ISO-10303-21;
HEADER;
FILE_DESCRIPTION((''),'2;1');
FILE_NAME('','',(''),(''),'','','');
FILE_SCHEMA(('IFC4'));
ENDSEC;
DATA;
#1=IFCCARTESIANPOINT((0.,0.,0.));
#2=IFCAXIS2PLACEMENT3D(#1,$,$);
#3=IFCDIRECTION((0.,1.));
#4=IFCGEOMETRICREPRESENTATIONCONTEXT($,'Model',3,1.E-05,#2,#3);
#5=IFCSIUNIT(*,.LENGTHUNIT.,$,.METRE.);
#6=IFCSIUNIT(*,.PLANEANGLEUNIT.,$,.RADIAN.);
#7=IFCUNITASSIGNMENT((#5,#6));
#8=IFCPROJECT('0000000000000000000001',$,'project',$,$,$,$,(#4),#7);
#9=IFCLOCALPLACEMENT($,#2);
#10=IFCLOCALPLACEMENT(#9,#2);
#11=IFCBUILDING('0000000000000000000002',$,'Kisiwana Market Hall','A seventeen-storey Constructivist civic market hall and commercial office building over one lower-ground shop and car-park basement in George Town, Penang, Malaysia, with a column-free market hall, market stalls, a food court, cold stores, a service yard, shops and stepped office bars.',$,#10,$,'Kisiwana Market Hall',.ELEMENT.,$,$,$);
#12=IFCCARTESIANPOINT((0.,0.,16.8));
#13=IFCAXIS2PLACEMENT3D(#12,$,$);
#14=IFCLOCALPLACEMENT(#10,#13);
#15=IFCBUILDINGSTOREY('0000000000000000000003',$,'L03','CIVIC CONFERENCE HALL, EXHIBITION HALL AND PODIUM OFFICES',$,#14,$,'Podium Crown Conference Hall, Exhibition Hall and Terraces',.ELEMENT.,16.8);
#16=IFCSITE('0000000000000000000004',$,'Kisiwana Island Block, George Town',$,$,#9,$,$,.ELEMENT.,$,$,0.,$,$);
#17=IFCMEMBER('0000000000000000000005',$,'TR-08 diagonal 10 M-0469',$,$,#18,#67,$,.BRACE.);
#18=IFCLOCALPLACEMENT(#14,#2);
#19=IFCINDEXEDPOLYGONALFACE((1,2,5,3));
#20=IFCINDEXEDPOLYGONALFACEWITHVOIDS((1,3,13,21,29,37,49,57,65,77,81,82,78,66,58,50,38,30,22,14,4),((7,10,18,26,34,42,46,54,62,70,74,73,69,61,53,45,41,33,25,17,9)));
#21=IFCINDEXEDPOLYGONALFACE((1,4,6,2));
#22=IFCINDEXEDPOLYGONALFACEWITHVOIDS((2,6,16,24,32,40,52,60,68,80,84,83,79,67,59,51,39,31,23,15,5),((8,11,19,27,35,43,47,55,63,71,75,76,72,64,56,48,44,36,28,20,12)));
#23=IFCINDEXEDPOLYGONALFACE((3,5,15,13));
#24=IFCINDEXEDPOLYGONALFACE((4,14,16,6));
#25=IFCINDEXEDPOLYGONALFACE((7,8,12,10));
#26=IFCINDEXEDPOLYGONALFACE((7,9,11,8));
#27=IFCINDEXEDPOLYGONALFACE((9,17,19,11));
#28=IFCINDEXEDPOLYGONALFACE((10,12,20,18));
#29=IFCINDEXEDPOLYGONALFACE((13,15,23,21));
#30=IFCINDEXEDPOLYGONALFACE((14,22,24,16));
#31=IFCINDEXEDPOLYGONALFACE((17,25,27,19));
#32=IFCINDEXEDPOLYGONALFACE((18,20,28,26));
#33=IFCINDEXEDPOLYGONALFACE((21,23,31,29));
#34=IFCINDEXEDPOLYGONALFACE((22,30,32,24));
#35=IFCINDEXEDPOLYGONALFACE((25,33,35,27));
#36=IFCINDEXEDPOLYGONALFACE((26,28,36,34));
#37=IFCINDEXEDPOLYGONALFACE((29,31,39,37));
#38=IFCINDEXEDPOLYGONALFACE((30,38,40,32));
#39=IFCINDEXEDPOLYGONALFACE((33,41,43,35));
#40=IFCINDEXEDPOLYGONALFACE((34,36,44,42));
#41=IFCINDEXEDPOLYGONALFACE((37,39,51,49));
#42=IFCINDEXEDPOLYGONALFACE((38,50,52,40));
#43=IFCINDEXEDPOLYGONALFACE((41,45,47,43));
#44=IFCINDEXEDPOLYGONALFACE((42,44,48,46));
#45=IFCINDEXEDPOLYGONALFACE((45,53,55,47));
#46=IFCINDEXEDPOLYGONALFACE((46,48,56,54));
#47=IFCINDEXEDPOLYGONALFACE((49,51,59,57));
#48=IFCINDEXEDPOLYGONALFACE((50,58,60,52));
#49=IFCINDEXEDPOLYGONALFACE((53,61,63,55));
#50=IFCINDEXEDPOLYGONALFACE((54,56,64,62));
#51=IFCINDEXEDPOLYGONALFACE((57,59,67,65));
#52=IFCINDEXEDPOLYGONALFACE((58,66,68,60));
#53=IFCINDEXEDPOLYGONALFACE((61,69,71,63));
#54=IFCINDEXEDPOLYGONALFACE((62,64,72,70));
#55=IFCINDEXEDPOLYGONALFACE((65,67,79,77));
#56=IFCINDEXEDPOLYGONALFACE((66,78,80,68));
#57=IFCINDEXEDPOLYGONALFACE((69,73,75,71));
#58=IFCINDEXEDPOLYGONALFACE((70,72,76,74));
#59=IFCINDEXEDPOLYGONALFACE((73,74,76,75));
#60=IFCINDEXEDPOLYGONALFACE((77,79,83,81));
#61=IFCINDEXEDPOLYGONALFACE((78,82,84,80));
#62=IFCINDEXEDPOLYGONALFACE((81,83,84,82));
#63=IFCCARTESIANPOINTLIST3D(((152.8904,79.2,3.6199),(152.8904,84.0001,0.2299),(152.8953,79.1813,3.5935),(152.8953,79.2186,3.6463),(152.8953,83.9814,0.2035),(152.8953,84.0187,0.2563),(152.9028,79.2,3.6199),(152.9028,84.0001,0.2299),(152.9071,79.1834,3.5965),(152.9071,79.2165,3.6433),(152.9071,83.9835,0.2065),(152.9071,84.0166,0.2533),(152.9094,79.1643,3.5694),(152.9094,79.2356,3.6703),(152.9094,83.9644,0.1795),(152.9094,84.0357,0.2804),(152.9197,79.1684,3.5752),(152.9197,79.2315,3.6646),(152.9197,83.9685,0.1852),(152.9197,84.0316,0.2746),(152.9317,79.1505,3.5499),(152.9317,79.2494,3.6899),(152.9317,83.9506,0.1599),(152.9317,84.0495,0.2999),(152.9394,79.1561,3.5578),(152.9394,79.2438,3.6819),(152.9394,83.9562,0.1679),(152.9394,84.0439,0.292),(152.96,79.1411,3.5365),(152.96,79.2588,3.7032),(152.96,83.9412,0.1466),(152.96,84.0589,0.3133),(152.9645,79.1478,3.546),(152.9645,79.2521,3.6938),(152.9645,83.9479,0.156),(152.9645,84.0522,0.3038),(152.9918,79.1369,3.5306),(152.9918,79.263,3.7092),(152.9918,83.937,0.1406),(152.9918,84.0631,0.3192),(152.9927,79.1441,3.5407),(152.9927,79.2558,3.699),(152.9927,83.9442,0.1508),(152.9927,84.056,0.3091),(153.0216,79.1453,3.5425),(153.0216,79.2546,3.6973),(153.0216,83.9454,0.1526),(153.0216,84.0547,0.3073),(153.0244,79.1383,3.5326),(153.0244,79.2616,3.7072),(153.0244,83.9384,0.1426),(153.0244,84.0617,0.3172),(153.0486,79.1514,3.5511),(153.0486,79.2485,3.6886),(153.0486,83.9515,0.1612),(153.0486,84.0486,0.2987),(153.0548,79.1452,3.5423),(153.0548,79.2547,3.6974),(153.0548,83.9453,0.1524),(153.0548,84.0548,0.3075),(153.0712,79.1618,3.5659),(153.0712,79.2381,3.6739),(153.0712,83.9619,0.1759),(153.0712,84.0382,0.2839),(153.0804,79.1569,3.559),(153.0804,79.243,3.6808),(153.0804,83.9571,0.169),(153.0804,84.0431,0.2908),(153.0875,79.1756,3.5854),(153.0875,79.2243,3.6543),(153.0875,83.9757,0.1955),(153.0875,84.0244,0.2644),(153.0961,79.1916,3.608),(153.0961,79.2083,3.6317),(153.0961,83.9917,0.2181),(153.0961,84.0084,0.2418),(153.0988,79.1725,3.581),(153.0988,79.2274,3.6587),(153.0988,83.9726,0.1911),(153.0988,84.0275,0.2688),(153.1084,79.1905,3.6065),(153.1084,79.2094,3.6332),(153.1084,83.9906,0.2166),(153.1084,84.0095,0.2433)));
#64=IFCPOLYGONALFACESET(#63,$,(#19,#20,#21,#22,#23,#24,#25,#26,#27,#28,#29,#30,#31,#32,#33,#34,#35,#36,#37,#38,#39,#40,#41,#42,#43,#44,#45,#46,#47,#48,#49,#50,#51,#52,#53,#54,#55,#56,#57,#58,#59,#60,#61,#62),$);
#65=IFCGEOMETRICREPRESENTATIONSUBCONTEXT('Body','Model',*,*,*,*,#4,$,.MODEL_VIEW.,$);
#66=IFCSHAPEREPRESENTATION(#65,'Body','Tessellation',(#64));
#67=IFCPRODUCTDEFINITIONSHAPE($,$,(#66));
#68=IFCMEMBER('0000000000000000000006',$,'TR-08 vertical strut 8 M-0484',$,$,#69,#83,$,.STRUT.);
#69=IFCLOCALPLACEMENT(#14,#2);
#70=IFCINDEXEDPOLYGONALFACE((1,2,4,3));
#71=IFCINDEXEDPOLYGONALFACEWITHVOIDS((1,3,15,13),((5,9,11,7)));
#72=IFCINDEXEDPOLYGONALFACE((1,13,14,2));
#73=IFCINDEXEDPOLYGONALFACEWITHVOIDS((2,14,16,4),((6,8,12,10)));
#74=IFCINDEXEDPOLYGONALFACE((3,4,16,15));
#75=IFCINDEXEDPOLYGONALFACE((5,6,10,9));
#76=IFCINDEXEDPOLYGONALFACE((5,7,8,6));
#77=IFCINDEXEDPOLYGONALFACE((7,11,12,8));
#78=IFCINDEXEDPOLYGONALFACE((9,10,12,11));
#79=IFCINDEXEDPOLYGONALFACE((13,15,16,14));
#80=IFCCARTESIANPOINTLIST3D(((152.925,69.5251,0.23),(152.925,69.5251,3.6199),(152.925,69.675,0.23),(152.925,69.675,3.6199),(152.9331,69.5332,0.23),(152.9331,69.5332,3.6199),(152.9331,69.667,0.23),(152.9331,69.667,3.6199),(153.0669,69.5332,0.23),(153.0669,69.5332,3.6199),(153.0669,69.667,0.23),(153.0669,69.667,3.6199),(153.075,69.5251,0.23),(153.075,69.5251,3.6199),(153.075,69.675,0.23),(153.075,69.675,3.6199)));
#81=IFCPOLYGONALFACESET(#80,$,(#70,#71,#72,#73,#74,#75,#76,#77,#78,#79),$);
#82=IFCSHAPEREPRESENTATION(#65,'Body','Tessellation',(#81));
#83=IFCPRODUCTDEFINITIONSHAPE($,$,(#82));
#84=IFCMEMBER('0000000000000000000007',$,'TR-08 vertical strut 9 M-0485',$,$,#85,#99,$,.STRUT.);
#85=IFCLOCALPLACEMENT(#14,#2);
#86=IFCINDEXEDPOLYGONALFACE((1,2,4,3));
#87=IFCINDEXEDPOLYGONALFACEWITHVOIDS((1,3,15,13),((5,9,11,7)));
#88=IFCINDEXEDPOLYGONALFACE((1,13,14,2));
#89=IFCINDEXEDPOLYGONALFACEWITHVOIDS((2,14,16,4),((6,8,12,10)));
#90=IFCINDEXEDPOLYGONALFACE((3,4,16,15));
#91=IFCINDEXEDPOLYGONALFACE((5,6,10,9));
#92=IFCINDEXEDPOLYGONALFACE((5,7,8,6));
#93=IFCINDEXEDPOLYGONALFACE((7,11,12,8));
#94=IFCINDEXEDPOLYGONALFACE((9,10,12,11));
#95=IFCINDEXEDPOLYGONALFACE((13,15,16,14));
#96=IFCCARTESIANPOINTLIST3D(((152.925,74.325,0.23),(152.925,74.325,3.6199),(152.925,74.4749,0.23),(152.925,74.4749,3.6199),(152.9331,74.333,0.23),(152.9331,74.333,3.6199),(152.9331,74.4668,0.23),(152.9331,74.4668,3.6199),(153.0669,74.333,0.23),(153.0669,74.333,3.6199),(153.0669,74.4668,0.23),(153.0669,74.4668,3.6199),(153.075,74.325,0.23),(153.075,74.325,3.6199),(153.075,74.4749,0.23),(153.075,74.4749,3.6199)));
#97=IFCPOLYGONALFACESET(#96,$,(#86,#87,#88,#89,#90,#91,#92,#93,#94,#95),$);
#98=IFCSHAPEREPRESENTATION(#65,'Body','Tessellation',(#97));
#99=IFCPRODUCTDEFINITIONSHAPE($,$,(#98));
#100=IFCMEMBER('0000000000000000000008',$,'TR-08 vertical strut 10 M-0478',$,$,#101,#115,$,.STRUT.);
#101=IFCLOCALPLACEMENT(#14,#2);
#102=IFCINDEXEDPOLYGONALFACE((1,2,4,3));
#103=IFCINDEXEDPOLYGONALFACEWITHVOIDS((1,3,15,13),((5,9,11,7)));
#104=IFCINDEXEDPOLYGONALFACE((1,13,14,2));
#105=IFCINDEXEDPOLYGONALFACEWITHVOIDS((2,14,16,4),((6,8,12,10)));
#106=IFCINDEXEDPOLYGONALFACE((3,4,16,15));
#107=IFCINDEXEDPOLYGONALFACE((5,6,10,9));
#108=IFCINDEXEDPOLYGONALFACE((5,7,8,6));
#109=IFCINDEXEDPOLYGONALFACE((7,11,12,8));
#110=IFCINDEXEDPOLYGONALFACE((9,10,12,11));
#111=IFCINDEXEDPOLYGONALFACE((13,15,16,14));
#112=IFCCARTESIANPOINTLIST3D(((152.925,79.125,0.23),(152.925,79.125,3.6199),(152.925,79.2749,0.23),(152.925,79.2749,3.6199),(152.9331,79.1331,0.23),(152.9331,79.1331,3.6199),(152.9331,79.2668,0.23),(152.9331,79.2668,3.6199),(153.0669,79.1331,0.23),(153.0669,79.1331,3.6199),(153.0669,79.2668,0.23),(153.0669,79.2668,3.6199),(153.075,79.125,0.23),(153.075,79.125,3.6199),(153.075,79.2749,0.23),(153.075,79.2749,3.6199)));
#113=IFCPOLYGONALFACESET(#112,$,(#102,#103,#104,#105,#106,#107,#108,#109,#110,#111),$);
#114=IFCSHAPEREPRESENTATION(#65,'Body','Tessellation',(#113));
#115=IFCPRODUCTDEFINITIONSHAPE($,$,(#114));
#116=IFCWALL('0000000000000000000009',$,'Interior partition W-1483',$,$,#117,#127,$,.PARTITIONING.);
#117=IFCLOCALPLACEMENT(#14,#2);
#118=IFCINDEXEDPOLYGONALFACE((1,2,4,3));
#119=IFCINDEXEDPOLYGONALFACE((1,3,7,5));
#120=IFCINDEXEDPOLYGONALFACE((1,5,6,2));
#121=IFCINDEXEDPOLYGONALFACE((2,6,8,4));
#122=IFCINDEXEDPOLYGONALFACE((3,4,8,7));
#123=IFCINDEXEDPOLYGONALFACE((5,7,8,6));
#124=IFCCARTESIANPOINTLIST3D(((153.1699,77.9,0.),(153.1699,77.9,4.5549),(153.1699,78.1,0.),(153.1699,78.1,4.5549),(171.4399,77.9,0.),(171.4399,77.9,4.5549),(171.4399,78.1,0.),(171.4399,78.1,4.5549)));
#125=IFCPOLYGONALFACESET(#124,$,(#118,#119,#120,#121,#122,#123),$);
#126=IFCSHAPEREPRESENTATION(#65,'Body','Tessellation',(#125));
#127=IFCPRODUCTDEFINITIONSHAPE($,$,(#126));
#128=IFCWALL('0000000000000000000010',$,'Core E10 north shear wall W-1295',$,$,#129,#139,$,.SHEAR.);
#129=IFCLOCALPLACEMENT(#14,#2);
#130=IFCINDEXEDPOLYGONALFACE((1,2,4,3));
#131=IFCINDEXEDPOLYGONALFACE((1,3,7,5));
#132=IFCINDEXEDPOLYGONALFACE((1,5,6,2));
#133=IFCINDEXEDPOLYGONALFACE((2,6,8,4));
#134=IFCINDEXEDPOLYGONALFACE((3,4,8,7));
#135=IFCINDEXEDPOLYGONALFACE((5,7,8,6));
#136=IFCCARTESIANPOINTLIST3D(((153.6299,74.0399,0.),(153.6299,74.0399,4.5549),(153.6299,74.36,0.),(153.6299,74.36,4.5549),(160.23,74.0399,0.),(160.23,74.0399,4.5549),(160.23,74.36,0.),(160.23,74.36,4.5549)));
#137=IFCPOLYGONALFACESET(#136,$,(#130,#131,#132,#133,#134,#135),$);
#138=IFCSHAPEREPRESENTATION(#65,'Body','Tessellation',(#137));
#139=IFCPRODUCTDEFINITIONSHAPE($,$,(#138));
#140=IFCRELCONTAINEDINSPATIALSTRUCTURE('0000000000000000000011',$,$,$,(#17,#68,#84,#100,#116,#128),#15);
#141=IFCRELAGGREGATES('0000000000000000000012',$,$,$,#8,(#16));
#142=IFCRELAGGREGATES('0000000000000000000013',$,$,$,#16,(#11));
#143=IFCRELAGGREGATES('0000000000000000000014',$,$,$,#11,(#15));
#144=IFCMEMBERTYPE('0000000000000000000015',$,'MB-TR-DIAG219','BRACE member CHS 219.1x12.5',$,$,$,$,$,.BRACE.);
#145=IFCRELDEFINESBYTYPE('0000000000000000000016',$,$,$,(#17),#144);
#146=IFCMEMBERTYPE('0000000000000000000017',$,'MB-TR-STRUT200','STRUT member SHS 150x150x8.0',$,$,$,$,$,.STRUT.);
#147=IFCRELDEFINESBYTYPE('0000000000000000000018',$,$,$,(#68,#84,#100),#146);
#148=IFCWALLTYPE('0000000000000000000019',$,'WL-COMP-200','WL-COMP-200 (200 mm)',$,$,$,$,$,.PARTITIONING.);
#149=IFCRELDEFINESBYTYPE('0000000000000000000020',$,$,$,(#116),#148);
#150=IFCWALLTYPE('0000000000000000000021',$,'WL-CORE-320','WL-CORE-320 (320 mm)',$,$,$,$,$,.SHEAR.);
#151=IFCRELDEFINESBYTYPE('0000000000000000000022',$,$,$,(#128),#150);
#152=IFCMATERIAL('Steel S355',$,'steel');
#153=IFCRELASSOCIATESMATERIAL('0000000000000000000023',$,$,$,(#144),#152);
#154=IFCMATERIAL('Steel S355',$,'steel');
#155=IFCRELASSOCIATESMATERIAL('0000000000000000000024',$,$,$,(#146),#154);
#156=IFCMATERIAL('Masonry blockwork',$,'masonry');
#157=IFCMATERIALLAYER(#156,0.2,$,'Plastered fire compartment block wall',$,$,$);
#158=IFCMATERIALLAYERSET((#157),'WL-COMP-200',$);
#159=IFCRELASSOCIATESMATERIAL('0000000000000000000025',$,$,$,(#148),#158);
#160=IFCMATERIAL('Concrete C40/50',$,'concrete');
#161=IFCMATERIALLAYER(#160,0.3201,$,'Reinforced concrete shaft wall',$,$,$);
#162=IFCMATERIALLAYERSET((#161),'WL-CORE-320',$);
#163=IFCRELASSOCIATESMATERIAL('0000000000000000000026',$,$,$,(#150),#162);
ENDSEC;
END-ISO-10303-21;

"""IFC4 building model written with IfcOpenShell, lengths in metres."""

from ifc_helpers import new_model, si_unit, direction, frame, frame_2d, origin, origin_2d, place, context, subcontext, project, spatial, rectangle, hollow_rectangle, hollow_circle, extrude, material, layer, layer_set, material_profile, profile_set, type_object, element, save


model = new_model("IFC4")

# Units and contexts
model_context = context("Model", 3, precision=1e-05, world=origin(), true_north=direction((0.0, 1.0)))
body_context = subcontext(model_context, "Body", "Model", "MODEL_VIEW")
ifc_project = project(units=[si_unit("LENGTHUNIT", "METRE"), si_unit("PLANEANGLEUNIT", "RADIAN")], contexts=[model_context])

# Site, building, storey
site_placement = place(None, origin())
site = spatial("IfcSite", under=ifc_project, at=site_placement, Name="Kisiwana Island Block, George Town", CompositionType="ELEMENT", RefElevation=0.0)
building_placement = place(site_placement, origin())
building = spatial("IfcBuilding", under=site, at=building_placement, Name="Kisiwana Market Hall", Description="A seventeen-storey Constructivist civic market hall and commercial office building over one lower-ground shop and car-park basement in George Town, Penang, Malaysia, with a column-free market hall, market stalls, a food court, cold stores, a service yard, shops and stepped office bars.", LongName="Kisiwana Market Hall", CompositionType="ELEMENT")
storey_placement = place(building_placement, frame((0.0, 0.0, 16.8)))
storey = spatial("IfcBuildingStorey", under=building, at=storey_placement, Name="L03", Description="CIVIC CONFERENCE HALL, EXHIBITION HALL AND PODIUM OFFICES", LongName="Podium Crown Conference Hall, Exhibition Hall and Terraces", CompositionType="ELEMENT", Elevation=16.8)

# Members
ifc_material_1 = material(Name="Steel S355", Category="steel")
ifc_material_profile_1 = material_profile(ifc_material_1, hollow_circle(Radius=0.1096, WallThickness=0.0125, at=origin_2d()), Name="CHS 219.1x12.5")
ifc_profile_set_1 = profile_set([ifc_material_profile_1], Name="Steel S355")
member_type_1 = type_object("IfcMemberType", Name="MB-TR-DIAG219", Description="BRACE member CHS 219.1x12.5", PredefinedType="BRACE", material=ifc_profile_set_1)
for number, where, z_axis, x_axis, name in (
    (1, (153.0, 79.2, 3.6199), (0.0, 0.816838, -0.576868), (-1.0, 0.0, 0.0), "TR-08 diagonal 10 M-0469"),
):
    element("IfcMember", number, at=place(storey_placement, frame(where, z_axis=z_axis, x_axis=x_axis)), inside=storey, type_object=member_type_1, Name=name, PredefinedType="BRACE", context=body_context, shape_type="SweptSolid", body=[
        extrude(hollow_circle(Radius=0.1096, WallThickness=0.0125, at=origin_2d()), origin(), (0.0, 0.0, 1.0), 5.8765),
    ])
ifc_material_2 = material(Name="Steel S355", Category="steel")
ifc_material_profile_2 = material_profile(ifc_material_2, hollow_rectangle(XDim=0.1499, YDim=0.1499, WallThickness=0.0081, at=origin_2d()), Name="SHS 150x150x8.0")
ifc_profile_set_2 = profile_set([ifc_material_profile_2], Name="Steel S355")
member_type_2 = type_object("IfcMemberType", Name="MB-TR-STRUT200", Description="STRUT member SHS 150x150x8.0", PredefinedType="STRUT", material=ifc_profile_set_2)
for number, where, z_axis, x_axis, name in (
    (2, (153.0, 69.6001, 0.23), (0.0, 0.0, 1.0), (1.0, 0.0, 0.0), "TR-08 vertical strut 8 M-0484"),
    (3, (153.0, 74.3999, 0.23), (0.0, 0.0, 1.0), (1.0, 0.0, 0.0), "TR-08 vertical strut 9 M-0485"),
    (4, (153.0, 79.2, 0.23), (0.0, 0.0, 1.0), (1.0, 0.0, 0.0), "TR-08 vertical strut 10 M-0478"),
):
    element("IfcMember", number, at=place(storey_placement, frame(where, z_axis=z_axis, x_axis=x_axis)), inside=storey, type_object=member_type_2, Name=name, PredefinedType="STRUT", context=body_context, shape_type="SweptSolid", body=[
        extrude(hollow_rectangle(XDim=0.1499, YDim=0.1499, WallThickness=0.0081, at=origin_2d()), origin(), (0.0, 0.0, 1.0), 3.3899),
    ])

# Walls
ifc_material_3 = material(Name="Masonry blockwork", Category="masonry")
ifc_layer_1 = layer(ifc_material_3, 0.2, Name="Plastered fire compartment block wall")
ifc_layer_set_1 = layer_set([ifc_layer_1], Name="WL-COMP-200")
wall_type_1 = type_object("IfcWallType", Name="WL-COMP-200", Description="WL-COMP-200 (200 mm)", PredefinedType="PARTITIONING", material=ifc_layer_set_1)
wall_1_placement = place(storey_placement, frame((153.1699, 78.0, 0.0), z_axis=(0.0, 0.0, 1.0), x_axis=(1.0, 0.0, 0.0)))
element("IfcWall", 5, at=wall_1_placement, inside=storey, type_object=wall_type_1, Name="Interior partition W-1483", PredefinedType="PARTITIONING", context=body_context, shape_type="SweptSolid", body=[
    extrude(rectangle(XDim=18.27, YDim=0.2, at=frame_2d((9.135, 0.0))), origin(), (0.0, 0.0, 1.0), 4.5549),
])
ifc_material_4 = material(Name="Concrete C40/50", Category="concrete")
ifc_layer_2 = layer(ifc_material_4, 0.3201, Name="Reinforced concrete shaft wall")
ifc_layer_set_2 = layer_set([ifc_layer_2], Name="WL-CORE-320")
wall_type_2 = type_object("IfcWallType", Name="WL-CORE-320", Description="WL-CORE-320 (320 mm)", PredefinedType="SHEAR", material=ifc_layer_set_2)
wall_2_placement = place(storey_placement, frame((153.6299, 74.2, 0.0), z_axis=(0.0, 0.0, 1.0), x_axis=(1.0, 0.0, 0.0)))
element("IfcWall", 6, at=wall_2_placement, inside=storey, type_object=wall_type_2, Name="Core E10 north shear wall W-1295", PredefinedType="SHEAR", context=body_context, shape_type="SweptSolid", body=[
    extrude(rectangle(XDim=6.6001, YDim=0.3201, at=frame_2d((3.3, 0.0))), origin(), (0.0, 0.0, 1.0), 4.5549),
])

save(model, "model.ifc")
